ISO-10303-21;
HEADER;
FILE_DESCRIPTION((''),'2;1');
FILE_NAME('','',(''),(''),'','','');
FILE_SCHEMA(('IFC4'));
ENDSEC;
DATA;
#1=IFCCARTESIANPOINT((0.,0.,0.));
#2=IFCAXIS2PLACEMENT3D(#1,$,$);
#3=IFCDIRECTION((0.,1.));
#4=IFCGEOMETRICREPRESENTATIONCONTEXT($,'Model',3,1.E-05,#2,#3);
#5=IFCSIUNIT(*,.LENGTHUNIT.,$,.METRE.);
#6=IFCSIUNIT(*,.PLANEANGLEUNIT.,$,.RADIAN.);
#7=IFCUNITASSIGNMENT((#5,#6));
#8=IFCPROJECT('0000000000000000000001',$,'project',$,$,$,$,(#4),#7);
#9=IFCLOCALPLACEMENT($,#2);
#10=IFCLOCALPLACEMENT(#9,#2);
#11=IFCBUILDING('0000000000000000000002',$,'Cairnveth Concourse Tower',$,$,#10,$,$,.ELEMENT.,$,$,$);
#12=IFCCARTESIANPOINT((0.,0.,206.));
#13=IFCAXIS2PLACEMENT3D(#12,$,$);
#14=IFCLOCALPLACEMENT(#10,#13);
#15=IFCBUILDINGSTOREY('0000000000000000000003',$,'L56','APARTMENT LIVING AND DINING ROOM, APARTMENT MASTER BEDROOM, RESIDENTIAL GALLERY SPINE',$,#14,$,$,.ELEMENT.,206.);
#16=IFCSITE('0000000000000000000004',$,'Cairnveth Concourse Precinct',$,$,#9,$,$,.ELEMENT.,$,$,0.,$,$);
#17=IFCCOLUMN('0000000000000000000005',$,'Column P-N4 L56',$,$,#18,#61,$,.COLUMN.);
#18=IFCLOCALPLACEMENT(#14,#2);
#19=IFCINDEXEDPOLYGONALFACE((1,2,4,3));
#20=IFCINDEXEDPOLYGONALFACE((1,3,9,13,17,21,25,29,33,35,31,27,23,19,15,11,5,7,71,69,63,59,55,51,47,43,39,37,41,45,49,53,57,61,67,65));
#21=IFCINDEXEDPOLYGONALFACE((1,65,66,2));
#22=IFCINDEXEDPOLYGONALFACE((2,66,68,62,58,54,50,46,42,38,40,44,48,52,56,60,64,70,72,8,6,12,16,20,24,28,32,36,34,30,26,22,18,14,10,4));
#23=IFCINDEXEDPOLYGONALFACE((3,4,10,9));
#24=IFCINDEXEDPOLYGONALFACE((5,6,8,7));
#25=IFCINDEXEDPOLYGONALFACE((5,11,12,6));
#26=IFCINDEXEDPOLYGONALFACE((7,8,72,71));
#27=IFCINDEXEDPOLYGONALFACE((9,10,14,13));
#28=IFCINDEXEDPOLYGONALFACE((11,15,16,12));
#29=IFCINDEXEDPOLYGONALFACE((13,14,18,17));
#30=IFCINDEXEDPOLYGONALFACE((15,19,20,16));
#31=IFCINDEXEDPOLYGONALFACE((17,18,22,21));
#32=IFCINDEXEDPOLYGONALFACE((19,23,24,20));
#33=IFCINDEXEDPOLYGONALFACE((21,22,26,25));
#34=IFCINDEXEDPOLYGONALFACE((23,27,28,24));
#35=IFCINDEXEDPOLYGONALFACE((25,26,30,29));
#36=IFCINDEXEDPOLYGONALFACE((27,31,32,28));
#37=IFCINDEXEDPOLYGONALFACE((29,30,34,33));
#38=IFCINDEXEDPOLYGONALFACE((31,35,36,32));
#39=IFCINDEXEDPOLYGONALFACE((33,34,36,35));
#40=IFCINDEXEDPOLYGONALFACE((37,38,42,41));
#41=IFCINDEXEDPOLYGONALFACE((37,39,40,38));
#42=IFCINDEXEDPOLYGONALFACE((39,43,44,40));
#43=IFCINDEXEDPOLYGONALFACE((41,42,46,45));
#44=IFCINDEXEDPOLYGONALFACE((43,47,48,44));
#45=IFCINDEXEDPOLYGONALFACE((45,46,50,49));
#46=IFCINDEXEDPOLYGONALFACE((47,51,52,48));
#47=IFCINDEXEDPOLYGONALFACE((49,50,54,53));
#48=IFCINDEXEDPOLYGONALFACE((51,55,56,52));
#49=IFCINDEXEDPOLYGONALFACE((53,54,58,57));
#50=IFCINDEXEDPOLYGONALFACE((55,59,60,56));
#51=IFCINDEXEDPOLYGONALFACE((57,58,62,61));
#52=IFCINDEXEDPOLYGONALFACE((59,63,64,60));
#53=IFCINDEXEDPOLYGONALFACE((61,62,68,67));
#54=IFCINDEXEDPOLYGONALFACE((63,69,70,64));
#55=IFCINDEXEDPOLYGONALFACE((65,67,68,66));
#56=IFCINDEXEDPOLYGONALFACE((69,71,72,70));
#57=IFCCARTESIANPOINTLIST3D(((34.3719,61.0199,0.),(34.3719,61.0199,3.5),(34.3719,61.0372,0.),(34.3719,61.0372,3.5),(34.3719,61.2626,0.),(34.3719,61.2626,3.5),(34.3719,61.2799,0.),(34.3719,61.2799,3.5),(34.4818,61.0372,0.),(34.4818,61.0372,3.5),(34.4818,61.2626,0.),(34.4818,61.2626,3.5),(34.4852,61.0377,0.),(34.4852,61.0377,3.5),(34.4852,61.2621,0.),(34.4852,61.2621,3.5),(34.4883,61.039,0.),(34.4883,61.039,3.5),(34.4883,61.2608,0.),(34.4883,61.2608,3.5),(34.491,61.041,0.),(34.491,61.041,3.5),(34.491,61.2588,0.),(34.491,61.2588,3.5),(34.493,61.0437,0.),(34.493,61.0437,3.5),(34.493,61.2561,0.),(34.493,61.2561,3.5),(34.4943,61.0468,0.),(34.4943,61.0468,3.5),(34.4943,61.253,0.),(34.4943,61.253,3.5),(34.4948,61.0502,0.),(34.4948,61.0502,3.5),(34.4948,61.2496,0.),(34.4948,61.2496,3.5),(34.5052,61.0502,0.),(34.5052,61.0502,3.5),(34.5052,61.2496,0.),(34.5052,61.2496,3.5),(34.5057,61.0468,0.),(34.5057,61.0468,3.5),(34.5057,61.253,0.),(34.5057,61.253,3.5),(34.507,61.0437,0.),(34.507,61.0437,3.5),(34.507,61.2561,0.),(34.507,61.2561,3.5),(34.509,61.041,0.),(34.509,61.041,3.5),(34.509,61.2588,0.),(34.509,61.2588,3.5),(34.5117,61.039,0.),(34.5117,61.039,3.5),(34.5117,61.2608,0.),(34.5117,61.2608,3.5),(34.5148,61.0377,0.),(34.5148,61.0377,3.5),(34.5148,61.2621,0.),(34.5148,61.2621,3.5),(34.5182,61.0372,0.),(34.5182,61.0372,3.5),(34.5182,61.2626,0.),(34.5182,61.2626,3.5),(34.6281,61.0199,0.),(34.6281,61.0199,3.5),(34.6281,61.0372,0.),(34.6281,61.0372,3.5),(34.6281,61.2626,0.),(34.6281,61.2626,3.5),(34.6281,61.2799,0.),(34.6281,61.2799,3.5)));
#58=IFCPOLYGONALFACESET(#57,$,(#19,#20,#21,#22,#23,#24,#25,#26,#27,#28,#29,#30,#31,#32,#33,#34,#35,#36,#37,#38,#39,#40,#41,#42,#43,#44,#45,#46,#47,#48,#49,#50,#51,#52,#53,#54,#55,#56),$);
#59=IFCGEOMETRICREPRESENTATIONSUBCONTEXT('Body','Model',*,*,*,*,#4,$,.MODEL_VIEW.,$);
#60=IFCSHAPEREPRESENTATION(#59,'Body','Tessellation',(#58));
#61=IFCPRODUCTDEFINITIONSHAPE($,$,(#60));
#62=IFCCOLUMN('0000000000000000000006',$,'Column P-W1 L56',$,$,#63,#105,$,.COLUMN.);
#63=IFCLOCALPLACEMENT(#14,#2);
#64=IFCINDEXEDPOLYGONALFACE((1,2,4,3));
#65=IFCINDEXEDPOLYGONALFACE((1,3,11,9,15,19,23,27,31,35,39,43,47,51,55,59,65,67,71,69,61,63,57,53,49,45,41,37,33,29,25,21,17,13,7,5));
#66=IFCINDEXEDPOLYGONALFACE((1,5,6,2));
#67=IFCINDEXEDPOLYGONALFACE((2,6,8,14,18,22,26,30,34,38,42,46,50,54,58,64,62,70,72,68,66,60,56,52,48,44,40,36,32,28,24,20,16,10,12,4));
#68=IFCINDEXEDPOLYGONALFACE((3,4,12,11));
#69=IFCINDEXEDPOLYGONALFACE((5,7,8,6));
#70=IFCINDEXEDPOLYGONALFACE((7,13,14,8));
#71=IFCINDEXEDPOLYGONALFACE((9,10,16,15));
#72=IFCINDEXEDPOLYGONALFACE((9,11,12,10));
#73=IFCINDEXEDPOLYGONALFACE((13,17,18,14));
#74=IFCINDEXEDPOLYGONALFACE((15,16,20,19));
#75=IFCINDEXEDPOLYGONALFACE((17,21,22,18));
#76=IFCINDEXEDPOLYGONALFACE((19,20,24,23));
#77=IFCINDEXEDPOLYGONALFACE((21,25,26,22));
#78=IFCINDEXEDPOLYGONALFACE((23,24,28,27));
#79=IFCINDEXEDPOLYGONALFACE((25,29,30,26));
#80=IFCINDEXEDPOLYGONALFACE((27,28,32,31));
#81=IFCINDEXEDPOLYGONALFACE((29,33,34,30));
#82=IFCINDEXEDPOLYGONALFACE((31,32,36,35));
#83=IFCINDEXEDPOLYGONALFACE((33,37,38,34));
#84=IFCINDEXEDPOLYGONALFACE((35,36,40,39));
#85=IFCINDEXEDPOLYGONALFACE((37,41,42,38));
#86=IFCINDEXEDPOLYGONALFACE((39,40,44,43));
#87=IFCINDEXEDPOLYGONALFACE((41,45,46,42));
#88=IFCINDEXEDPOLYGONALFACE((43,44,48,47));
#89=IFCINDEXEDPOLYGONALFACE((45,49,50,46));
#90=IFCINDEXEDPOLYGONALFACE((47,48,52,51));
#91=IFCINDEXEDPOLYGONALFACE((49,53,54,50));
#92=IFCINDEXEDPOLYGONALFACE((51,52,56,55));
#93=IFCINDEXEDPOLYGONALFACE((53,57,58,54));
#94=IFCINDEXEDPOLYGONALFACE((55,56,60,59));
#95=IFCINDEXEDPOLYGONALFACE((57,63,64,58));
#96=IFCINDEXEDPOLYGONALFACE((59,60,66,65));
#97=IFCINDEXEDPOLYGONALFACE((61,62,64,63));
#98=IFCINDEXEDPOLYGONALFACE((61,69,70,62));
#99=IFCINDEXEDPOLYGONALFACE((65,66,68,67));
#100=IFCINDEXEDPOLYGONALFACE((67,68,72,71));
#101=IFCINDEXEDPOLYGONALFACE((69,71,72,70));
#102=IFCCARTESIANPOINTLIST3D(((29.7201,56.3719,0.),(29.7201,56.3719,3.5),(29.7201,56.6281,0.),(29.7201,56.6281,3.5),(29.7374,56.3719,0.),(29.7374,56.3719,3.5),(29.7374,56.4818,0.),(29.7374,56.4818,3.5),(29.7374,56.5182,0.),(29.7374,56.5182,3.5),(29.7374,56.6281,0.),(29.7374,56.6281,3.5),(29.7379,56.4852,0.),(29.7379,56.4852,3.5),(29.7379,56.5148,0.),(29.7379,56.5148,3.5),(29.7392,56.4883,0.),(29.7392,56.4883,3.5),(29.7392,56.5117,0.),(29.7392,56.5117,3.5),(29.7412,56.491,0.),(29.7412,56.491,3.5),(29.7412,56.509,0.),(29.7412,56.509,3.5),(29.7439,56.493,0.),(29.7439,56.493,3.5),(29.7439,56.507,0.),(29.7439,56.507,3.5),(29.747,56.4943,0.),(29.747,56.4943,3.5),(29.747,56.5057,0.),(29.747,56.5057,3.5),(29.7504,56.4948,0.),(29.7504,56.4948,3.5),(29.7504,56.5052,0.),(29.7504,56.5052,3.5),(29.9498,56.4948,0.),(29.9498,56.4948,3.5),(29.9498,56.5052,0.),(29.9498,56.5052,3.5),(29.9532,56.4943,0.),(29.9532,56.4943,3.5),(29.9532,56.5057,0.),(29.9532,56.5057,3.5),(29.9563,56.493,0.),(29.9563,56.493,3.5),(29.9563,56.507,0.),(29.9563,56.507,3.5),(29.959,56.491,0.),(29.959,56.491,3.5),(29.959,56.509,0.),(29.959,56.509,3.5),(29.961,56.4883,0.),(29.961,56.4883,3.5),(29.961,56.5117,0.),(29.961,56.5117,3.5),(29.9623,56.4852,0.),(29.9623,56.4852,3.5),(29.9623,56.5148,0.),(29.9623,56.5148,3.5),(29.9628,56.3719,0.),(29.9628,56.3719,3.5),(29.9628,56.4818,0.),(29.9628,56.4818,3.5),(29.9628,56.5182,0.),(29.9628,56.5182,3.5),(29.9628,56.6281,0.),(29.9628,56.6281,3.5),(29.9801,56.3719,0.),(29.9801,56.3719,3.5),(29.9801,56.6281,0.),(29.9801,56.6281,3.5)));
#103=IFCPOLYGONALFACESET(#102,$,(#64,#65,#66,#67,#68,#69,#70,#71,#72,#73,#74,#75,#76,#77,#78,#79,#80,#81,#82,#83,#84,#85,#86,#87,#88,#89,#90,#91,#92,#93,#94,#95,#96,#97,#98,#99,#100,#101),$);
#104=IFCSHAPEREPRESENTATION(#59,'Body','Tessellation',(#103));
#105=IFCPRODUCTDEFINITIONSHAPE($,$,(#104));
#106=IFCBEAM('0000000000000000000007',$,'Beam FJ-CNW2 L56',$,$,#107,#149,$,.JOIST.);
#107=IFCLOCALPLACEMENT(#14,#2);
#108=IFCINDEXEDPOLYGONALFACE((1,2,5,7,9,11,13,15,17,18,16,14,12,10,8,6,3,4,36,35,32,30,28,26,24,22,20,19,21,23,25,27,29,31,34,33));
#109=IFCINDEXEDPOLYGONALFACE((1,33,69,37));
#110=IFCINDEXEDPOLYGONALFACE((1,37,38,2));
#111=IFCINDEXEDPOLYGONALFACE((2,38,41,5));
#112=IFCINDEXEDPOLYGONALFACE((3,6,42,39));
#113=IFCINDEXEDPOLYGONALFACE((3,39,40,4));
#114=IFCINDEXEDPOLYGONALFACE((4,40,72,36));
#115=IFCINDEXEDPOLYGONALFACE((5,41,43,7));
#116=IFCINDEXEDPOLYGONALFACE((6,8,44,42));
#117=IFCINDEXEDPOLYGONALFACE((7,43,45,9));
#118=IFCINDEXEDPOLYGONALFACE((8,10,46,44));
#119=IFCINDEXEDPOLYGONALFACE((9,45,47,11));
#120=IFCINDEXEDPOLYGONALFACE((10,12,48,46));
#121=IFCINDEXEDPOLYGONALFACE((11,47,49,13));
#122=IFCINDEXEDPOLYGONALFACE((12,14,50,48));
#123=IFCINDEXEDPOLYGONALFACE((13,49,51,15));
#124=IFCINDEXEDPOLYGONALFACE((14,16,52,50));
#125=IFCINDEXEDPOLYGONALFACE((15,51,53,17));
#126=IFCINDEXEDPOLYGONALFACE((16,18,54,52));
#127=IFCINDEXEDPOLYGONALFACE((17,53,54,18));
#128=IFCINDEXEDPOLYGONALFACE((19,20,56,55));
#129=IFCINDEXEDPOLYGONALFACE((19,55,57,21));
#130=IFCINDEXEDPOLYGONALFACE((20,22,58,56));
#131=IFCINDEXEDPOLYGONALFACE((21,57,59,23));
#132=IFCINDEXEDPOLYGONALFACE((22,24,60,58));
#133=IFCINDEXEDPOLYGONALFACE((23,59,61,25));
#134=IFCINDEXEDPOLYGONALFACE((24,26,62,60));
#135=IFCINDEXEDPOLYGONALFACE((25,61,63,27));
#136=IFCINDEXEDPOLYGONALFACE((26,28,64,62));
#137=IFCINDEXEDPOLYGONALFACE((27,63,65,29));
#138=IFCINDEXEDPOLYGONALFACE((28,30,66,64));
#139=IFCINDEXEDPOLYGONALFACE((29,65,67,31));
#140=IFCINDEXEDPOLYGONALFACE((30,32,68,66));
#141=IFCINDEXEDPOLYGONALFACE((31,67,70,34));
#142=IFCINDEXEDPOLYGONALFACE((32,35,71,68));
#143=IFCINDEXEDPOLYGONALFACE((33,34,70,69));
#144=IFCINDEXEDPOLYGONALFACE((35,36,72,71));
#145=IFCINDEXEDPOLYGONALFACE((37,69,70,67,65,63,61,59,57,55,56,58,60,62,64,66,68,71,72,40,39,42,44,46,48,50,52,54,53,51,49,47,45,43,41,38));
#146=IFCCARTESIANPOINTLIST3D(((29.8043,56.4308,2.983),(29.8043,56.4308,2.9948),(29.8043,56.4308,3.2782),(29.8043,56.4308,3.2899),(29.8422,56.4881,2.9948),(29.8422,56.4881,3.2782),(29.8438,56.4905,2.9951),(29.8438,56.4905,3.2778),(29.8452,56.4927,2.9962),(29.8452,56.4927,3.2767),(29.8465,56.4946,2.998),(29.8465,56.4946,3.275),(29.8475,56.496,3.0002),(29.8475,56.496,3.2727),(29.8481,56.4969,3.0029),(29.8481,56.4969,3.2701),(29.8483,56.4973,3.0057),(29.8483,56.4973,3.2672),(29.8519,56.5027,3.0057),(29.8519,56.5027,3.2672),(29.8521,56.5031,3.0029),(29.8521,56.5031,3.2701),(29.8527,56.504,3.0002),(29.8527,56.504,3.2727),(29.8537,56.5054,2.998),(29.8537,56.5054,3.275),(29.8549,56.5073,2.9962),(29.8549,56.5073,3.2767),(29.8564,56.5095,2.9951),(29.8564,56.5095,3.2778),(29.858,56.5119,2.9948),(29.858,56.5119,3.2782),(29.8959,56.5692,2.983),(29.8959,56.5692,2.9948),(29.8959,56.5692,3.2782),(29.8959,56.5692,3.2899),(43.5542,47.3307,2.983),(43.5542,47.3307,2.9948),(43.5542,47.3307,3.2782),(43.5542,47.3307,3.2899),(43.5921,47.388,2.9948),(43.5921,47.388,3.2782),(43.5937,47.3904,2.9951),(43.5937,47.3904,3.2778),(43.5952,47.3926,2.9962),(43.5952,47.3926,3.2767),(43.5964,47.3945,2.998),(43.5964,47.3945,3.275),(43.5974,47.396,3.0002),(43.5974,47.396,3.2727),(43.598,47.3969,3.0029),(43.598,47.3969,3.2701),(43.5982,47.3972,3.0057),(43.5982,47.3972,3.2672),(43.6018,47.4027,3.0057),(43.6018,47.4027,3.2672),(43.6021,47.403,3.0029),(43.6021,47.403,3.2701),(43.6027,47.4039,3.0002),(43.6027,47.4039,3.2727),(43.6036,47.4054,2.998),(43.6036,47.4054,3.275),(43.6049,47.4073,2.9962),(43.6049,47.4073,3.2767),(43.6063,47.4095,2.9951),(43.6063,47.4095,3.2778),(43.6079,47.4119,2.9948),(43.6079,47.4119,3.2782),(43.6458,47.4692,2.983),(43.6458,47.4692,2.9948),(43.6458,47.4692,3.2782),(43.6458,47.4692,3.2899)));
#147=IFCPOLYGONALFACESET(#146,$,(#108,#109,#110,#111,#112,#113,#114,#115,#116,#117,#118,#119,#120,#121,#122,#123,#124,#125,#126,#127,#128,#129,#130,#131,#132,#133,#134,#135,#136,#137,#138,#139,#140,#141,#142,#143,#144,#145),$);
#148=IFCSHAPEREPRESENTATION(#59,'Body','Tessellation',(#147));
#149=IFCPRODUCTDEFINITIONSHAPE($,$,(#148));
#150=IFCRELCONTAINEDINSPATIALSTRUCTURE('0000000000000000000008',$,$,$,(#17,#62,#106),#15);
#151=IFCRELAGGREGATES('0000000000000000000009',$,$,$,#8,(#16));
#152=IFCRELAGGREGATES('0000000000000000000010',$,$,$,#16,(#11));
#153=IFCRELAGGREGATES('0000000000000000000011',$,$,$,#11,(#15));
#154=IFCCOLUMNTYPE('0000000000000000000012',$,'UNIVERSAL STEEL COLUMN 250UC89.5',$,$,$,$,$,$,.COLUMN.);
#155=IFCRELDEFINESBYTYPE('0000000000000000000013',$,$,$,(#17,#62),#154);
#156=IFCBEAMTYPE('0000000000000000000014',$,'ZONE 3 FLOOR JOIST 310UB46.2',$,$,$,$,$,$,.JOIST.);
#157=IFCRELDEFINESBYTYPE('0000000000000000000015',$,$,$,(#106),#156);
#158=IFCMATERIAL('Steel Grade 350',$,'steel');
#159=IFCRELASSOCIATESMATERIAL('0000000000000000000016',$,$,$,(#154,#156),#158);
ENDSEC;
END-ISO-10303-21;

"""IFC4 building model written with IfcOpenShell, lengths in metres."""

from ifc_helpers import new_model, si_unit, direction, frame, origin, origin_2d, place, context, subcontext, project, spatial, i_section, extrude, material, material_profile, profile_set, type_object, element, save


model = new_model("IFC4")

# Units and contexts
model_context = context("Model", 3, precision=1e-05, world=origin(), true_north=direction((0.0, 1.0)))
body_context = subcontext(model_context, "Body", "Model", "MODEL_VIEW")
ifc_project = project(units=[si_unit("LENGTHUNIT", "METRE"), si_unit("PLANEANGLEUNIT", "RADIAN")], contexts=[model_context])

# Site, building, storey
site_placement = place(None, origin())
site = spatial("IfcSite", under=ifc_project, at=site_placement, Name="Cairnveth Concourse Precinct", CompositionType="ELEMENT", RefElevation=0.0)
building_placement = place(site_placement, origin())
building = spatial("IfcBuilding", under=site, at=building_placement, Name="Cairnveth Concourse Tower", CompositionType="ELEMENT")
storey_placement = place(building_placement, frame((0.0, 0.0, 206.0)))
storey = spatial("IfcBuildingStorey", under=building, at=storey_placement, Name="L56", Description="APARTMENT LIVING AND DINING ROOM, APARTMENT MASTER BEDROOM, RESIDENTIAL GALLERY SPINE", CompositionType="ELEMENT", Elevation=206.0)

# Columns
ifc_material_1 = material(Name="Steel Grade 350", Category="steel")
ifc_material_profile_1 = material_profile(ifc_material_1, i_section(OverallWidth=0.2561, OverallDepth=0.26, WebThickness=0.0105, FlangeThickness=0.0173, FilletRadius=0.0129, at=origin_2d()), Name="250UC89.5")
ifc_profile_set_1 = profile_set([ifc_material_profile_1], Name="Steel Grade 350")
column_type = type_object("IfcColumnType", Name="UNIVERSAL STEEL COLUMN 250UC89.5", PredefinedType="COLUMN", material=ifc_profile_set_1)
for number, where, z_axis, x_axis, name in (
    (1, (34.5, 61.1499, 0.0), (0.0, 0.0, 1.0), (1.0, 0.0, 0.0), "Column P-N4 L56"),
    (2, (29.8501, 56.5, 0.0), (0.0, 0.0, 1.0), (0.0, 1.0, 0.0), "Column P-W1 L56"),
):
    element("IfcColumn", number, at=place(storey_placement, frame(where, z_axis=z_axis, x_axis=x_axis)), inside=storey, type_object=column_type, Name=name, PredefinedType="COLUMN", context=body_context, shape_type="SweptSolid", body=[
        extrude(i_section(OverallWidth=0.2561, OverallDepth=0.26, WebThickness=0.0105, FlangeThickness=0.0173, FilletRadius=0.0129, at=origin_2d()), origin(), (0.0, 0.0, 1.0), 3.5),
    ])

# Beam
ifc_material_profile_2 = material_profile(ifc_material_1, i_section(OverallWidth=0.166, OverallDepth=0.3069, WebThickness=0.0066, FlangeThickness=0.0117, FilletRadius=0.011, at=origin_2d()), Name="310UB46.2")
ifc_profile_set_2 = profile_set([ifc_material_profile_2], Name="Steel Grade 350")
beam_type_1 = type_object("IfcBeamType", Name="ZONE 3 FLOOR JOIST 310UB46.2", PredefinedType="JOIST", material=ifc_profile_set_2)
beam_1_placement = place(storey_placement, frame((29.8501, 56.5, 3.1365), z_axis=(0.833909, -0.551902, 0.0), x_axis=(0.551902, 0.833909, 0.0)))
element("IfcBeam", 3, at=beam_1_placement, inside=storey, type_object=beam_type_1, Name="Beam FJ-CNW2 L56", PredefinedType="JOIST", context=body_context, shape_type="SweptSolid", body=[
    extrude(i_section(OverallWidth=0.166, OverallDepth=0.3069, WebThickness=0.0066, FlangeThickness=0.0117, FilletRadius=0.011, at=origin_2d()), origin(), (0.0, 0.0, 1.0), 16.4885),
])

save(model, "model.ifc")
